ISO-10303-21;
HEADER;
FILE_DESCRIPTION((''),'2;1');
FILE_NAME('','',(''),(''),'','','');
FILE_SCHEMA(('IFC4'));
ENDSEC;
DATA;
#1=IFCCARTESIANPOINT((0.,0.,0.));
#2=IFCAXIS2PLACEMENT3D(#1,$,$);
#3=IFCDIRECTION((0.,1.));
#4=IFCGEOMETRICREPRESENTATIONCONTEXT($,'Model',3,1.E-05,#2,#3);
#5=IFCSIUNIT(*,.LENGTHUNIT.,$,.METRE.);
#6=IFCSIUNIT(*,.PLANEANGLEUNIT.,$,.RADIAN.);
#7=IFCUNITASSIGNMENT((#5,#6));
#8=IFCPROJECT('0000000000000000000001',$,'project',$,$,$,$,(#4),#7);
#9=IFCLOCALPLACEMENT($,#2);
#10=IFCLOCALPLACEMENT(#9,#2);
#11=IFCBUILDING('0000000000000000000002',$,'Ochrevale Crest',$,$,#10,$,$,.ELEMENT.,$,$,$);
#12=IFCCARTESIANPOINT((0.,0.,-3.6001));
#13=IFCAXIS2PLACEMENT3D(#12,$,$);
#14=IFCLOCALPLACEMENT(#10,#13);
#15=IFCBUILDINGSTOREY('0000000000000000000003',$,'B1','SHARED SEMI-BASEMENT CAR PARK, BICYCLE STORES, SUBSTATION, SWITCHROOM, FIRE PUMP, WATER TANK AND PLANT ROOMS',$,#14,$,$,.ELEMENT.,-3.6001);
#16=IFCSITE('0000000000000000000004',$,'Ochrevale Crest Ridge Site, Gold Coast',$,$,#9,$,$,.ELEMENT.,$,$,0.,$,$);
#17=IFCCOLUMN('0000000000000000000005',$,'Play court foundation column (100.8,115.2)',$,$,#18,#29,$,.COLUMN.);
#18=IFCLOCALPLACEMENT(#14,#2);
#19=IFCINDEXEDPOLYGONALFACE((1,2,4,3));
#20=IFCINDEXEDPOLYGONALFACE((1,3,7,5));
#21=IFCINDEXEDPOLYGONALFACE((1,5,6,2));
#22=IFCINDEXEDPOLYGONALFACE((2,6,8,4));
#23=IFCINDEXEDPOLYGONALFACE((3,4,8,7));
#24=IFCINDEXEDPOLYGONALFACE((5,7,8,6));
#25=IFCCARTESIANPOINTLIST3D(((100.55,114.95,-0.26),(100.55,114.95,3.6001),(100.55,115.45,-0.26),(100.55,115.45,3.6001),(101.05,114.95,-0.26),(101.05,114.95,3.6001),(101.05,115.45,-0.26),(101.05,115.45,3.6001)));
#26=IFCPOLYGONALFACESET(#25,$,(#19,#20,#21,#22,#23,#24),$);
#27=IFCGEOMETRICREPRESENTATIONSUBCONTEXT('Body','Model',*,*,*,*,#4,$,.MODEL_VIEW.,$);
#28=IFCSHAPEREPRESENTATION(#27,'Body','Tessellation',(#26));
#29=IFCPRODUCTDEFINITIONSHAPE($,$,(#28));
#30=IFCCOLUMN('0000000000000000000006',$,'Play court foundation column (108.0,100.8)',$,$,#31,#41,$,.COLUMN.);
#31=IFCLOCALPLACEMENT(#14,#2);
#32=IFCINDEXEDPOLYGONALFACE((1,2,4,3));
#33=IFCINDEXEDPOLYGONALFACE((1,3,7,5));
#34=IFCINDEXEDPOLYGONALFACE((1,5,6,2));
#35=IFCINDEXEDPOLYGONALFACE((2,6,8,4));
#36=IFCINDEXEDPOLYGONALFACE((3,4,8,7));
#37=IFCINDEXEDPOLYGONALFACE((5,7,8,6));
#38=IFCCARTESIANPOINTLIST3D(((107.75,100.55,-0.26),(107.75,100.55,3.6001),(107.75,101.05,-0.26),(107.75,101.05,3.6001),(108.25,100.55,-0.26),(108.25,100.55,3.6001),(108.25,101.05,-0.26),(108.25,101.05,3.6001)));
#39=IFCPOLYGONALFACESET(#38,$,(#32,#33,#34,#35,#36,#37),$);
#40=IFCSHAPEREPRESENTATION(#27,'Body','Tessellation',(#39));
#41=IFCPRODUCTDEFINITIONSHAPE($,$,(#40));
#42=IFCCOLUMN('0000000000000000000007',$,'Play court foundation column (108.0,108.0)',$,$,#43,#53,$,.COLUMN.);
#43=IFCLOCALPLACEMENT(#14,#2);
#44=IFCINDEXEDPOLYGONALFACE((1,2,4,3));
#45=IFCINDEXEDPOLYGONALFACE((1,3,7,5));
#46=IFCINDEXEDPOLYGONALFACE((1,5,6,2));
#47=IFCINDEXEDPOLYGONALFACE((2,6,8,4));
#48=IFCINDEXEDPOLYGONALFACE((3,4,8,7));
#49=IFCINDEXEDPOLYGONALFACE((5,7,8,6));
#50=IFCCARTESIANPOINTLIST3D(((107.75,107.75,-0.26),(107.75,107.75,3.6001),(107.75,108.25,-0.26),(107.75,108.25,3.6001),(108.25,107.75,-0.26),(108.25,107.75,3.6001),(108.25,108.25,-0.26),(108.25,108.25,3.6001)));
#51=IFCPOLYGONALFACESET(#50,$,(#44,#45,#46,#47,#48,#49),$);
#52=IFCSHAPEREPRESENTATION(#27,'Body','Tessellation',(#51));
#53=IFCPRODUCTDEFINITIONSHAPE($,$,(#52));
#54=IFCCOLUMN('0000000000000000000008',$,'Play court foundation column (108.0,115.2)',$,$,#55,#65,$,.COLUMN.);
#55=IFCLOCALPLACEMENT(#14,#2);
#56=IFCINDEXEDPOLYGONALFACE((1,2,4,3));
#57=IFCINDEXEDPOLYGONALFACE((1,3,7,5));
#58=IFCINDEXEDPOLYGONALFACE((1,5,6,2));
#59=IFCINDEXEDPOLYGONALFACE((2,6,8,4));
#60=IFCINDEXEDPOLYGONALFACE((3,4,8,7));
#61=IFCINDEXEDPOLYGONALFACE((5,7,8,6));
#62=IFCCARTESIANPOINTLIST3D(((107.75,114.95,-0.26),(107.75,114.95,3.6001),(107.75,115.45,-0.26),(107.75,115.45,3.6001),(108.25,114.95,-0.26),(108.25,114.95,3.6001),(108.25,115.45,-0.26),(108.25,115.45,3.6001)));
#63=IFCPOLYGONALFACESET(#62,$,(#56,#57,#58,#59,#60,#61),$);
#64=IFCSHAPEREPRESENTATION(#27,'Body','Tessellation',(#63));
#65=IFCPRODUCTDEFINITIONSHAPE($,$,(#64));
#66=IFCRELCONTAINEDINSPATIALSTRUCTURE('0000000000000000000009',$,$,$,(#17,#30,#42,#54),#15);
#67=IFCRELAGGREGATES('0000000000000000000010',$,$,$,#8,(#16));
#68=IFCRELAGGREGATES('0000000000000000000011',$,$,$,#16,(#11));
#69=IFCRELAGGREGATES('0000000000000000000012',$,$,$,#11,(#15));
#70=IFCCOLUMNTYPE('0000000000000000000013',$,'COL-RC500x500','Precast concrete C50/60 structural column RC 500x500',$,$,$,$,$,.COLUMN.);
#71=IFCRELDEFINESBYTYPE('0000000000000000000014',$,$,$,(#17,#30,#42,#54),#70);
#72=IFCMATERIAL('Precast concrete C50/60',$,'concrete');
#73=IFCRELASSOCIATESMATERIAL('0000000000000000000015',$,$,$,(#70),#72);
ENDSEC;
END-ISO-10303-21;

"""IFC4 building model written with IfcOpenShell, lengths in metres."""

from ifc_helpers import new_model, si_unit, direction, frame, origin, origin_2d, place, context, subcontext, project, spatial, rectangle, extrude, material, material_profile, profile_set, type_object, element, save


model = new_model("IFC4")

# Units and contexts
model_context = context("Model", 3, precision=1e-05, world=origin(), true_north=direction((0.0, 1.0)))
body_context = subcontext(model_context, "Body", "Model", "MODEL_VIEW")
ifc_project = project(units=[si_unit("LENGTHUNIT", "METRE"), si_unit("PLANEANGLEUNIT", "RADIAN")], contexts=[model_context])

# Site, building, storey
site_placement = place(None, origin())
site = spatial("IfcSite", under=ifc_project, at=site_placement, Name="Ochrevale Crest Ridge Site, Gold Coast", CompositionType="ELEMENT", RefElevation=0.0)
building_placement = place(site_placement, origin())
building = spatial("IfcBuilding", under=site, at=building_placement, Name="Ochrevale Crest", CompositionType="ELEMENT")
storey_placement = place(building_placement, frame((0.0, 0.0, -3.6001)))
storey = spatial("IfcBuildingStorey", under=building, at=storey_placement, Name="B1", Description="SHARED SEMI-BASEMENT CAR PARK, BICYCLE STORES, SUBSTATION, SWITCHROOM, FIRE PUMP, WATER TANK AND PLANT ROOMS", CompositionType="ELEMENT", Elevation=-3.6001)

# Columns
ifc_material_1 = material(Name="Precast concrete C50/60", Category="concrete")
ifc_material_profile_1 = material_profile(ifc_material_1, rectangle(XDim=0.5, YDim=0.5, at=origin_2d()), Name="RC 500x500")
ifc_profile_set_1 = profile_set([ifc_material_profile_1], Name="Precast concrete C50/60")
column_type = type_object("IfcColumnType", Name="COL-RC500x500", Description="Precast concrete C50/60 structural column RC 500x500", PredefinedType="COLUMN", material=ifc_profile_set_1)
for number, where, z_axis, x_axis, name in (
    (1, (100.8, 115.2, -0.26), (0.0, 0.0, 1.0), (1.0, 0.0, 0.0), "Play court foundation column (100.8,115.2)"),
    (2, (108.0, 100.8, -0.26), (0.0, 0.0, 1.0), (1.0, 0.0, 0.0), "Play court foundation column (108.0,100.8)"),
    (3, (108.0, 108.0, -0.26), (0.0, 0.0, 1.0), (1.0, 0.0, 0.0), "Play court foundation column (108.0,108.0)"),
    (4, (108.0, 115.2, -0.26), (0.0, 0.0, 1.0), (1.0, 0.0, 0.0), "Play court foundation column (108.0,115.2)"),
):
    element("IfcColumn", number, at=place(storey_placement, frame(where, z_axis=z_axis, x_axis=x_axis)), inside=storey, type_object=column_type, Name=name, PredefinedType="COLUMN", context=body_context, shape_type="SweptSolid", body=[
        extrude(rectangle(XDim=0.5, YDim=0.5, at=origin_2d()), origin(), (0.0, 0.0, 1.0), 3.8601),
    ])

save(model, "model.ifc")
